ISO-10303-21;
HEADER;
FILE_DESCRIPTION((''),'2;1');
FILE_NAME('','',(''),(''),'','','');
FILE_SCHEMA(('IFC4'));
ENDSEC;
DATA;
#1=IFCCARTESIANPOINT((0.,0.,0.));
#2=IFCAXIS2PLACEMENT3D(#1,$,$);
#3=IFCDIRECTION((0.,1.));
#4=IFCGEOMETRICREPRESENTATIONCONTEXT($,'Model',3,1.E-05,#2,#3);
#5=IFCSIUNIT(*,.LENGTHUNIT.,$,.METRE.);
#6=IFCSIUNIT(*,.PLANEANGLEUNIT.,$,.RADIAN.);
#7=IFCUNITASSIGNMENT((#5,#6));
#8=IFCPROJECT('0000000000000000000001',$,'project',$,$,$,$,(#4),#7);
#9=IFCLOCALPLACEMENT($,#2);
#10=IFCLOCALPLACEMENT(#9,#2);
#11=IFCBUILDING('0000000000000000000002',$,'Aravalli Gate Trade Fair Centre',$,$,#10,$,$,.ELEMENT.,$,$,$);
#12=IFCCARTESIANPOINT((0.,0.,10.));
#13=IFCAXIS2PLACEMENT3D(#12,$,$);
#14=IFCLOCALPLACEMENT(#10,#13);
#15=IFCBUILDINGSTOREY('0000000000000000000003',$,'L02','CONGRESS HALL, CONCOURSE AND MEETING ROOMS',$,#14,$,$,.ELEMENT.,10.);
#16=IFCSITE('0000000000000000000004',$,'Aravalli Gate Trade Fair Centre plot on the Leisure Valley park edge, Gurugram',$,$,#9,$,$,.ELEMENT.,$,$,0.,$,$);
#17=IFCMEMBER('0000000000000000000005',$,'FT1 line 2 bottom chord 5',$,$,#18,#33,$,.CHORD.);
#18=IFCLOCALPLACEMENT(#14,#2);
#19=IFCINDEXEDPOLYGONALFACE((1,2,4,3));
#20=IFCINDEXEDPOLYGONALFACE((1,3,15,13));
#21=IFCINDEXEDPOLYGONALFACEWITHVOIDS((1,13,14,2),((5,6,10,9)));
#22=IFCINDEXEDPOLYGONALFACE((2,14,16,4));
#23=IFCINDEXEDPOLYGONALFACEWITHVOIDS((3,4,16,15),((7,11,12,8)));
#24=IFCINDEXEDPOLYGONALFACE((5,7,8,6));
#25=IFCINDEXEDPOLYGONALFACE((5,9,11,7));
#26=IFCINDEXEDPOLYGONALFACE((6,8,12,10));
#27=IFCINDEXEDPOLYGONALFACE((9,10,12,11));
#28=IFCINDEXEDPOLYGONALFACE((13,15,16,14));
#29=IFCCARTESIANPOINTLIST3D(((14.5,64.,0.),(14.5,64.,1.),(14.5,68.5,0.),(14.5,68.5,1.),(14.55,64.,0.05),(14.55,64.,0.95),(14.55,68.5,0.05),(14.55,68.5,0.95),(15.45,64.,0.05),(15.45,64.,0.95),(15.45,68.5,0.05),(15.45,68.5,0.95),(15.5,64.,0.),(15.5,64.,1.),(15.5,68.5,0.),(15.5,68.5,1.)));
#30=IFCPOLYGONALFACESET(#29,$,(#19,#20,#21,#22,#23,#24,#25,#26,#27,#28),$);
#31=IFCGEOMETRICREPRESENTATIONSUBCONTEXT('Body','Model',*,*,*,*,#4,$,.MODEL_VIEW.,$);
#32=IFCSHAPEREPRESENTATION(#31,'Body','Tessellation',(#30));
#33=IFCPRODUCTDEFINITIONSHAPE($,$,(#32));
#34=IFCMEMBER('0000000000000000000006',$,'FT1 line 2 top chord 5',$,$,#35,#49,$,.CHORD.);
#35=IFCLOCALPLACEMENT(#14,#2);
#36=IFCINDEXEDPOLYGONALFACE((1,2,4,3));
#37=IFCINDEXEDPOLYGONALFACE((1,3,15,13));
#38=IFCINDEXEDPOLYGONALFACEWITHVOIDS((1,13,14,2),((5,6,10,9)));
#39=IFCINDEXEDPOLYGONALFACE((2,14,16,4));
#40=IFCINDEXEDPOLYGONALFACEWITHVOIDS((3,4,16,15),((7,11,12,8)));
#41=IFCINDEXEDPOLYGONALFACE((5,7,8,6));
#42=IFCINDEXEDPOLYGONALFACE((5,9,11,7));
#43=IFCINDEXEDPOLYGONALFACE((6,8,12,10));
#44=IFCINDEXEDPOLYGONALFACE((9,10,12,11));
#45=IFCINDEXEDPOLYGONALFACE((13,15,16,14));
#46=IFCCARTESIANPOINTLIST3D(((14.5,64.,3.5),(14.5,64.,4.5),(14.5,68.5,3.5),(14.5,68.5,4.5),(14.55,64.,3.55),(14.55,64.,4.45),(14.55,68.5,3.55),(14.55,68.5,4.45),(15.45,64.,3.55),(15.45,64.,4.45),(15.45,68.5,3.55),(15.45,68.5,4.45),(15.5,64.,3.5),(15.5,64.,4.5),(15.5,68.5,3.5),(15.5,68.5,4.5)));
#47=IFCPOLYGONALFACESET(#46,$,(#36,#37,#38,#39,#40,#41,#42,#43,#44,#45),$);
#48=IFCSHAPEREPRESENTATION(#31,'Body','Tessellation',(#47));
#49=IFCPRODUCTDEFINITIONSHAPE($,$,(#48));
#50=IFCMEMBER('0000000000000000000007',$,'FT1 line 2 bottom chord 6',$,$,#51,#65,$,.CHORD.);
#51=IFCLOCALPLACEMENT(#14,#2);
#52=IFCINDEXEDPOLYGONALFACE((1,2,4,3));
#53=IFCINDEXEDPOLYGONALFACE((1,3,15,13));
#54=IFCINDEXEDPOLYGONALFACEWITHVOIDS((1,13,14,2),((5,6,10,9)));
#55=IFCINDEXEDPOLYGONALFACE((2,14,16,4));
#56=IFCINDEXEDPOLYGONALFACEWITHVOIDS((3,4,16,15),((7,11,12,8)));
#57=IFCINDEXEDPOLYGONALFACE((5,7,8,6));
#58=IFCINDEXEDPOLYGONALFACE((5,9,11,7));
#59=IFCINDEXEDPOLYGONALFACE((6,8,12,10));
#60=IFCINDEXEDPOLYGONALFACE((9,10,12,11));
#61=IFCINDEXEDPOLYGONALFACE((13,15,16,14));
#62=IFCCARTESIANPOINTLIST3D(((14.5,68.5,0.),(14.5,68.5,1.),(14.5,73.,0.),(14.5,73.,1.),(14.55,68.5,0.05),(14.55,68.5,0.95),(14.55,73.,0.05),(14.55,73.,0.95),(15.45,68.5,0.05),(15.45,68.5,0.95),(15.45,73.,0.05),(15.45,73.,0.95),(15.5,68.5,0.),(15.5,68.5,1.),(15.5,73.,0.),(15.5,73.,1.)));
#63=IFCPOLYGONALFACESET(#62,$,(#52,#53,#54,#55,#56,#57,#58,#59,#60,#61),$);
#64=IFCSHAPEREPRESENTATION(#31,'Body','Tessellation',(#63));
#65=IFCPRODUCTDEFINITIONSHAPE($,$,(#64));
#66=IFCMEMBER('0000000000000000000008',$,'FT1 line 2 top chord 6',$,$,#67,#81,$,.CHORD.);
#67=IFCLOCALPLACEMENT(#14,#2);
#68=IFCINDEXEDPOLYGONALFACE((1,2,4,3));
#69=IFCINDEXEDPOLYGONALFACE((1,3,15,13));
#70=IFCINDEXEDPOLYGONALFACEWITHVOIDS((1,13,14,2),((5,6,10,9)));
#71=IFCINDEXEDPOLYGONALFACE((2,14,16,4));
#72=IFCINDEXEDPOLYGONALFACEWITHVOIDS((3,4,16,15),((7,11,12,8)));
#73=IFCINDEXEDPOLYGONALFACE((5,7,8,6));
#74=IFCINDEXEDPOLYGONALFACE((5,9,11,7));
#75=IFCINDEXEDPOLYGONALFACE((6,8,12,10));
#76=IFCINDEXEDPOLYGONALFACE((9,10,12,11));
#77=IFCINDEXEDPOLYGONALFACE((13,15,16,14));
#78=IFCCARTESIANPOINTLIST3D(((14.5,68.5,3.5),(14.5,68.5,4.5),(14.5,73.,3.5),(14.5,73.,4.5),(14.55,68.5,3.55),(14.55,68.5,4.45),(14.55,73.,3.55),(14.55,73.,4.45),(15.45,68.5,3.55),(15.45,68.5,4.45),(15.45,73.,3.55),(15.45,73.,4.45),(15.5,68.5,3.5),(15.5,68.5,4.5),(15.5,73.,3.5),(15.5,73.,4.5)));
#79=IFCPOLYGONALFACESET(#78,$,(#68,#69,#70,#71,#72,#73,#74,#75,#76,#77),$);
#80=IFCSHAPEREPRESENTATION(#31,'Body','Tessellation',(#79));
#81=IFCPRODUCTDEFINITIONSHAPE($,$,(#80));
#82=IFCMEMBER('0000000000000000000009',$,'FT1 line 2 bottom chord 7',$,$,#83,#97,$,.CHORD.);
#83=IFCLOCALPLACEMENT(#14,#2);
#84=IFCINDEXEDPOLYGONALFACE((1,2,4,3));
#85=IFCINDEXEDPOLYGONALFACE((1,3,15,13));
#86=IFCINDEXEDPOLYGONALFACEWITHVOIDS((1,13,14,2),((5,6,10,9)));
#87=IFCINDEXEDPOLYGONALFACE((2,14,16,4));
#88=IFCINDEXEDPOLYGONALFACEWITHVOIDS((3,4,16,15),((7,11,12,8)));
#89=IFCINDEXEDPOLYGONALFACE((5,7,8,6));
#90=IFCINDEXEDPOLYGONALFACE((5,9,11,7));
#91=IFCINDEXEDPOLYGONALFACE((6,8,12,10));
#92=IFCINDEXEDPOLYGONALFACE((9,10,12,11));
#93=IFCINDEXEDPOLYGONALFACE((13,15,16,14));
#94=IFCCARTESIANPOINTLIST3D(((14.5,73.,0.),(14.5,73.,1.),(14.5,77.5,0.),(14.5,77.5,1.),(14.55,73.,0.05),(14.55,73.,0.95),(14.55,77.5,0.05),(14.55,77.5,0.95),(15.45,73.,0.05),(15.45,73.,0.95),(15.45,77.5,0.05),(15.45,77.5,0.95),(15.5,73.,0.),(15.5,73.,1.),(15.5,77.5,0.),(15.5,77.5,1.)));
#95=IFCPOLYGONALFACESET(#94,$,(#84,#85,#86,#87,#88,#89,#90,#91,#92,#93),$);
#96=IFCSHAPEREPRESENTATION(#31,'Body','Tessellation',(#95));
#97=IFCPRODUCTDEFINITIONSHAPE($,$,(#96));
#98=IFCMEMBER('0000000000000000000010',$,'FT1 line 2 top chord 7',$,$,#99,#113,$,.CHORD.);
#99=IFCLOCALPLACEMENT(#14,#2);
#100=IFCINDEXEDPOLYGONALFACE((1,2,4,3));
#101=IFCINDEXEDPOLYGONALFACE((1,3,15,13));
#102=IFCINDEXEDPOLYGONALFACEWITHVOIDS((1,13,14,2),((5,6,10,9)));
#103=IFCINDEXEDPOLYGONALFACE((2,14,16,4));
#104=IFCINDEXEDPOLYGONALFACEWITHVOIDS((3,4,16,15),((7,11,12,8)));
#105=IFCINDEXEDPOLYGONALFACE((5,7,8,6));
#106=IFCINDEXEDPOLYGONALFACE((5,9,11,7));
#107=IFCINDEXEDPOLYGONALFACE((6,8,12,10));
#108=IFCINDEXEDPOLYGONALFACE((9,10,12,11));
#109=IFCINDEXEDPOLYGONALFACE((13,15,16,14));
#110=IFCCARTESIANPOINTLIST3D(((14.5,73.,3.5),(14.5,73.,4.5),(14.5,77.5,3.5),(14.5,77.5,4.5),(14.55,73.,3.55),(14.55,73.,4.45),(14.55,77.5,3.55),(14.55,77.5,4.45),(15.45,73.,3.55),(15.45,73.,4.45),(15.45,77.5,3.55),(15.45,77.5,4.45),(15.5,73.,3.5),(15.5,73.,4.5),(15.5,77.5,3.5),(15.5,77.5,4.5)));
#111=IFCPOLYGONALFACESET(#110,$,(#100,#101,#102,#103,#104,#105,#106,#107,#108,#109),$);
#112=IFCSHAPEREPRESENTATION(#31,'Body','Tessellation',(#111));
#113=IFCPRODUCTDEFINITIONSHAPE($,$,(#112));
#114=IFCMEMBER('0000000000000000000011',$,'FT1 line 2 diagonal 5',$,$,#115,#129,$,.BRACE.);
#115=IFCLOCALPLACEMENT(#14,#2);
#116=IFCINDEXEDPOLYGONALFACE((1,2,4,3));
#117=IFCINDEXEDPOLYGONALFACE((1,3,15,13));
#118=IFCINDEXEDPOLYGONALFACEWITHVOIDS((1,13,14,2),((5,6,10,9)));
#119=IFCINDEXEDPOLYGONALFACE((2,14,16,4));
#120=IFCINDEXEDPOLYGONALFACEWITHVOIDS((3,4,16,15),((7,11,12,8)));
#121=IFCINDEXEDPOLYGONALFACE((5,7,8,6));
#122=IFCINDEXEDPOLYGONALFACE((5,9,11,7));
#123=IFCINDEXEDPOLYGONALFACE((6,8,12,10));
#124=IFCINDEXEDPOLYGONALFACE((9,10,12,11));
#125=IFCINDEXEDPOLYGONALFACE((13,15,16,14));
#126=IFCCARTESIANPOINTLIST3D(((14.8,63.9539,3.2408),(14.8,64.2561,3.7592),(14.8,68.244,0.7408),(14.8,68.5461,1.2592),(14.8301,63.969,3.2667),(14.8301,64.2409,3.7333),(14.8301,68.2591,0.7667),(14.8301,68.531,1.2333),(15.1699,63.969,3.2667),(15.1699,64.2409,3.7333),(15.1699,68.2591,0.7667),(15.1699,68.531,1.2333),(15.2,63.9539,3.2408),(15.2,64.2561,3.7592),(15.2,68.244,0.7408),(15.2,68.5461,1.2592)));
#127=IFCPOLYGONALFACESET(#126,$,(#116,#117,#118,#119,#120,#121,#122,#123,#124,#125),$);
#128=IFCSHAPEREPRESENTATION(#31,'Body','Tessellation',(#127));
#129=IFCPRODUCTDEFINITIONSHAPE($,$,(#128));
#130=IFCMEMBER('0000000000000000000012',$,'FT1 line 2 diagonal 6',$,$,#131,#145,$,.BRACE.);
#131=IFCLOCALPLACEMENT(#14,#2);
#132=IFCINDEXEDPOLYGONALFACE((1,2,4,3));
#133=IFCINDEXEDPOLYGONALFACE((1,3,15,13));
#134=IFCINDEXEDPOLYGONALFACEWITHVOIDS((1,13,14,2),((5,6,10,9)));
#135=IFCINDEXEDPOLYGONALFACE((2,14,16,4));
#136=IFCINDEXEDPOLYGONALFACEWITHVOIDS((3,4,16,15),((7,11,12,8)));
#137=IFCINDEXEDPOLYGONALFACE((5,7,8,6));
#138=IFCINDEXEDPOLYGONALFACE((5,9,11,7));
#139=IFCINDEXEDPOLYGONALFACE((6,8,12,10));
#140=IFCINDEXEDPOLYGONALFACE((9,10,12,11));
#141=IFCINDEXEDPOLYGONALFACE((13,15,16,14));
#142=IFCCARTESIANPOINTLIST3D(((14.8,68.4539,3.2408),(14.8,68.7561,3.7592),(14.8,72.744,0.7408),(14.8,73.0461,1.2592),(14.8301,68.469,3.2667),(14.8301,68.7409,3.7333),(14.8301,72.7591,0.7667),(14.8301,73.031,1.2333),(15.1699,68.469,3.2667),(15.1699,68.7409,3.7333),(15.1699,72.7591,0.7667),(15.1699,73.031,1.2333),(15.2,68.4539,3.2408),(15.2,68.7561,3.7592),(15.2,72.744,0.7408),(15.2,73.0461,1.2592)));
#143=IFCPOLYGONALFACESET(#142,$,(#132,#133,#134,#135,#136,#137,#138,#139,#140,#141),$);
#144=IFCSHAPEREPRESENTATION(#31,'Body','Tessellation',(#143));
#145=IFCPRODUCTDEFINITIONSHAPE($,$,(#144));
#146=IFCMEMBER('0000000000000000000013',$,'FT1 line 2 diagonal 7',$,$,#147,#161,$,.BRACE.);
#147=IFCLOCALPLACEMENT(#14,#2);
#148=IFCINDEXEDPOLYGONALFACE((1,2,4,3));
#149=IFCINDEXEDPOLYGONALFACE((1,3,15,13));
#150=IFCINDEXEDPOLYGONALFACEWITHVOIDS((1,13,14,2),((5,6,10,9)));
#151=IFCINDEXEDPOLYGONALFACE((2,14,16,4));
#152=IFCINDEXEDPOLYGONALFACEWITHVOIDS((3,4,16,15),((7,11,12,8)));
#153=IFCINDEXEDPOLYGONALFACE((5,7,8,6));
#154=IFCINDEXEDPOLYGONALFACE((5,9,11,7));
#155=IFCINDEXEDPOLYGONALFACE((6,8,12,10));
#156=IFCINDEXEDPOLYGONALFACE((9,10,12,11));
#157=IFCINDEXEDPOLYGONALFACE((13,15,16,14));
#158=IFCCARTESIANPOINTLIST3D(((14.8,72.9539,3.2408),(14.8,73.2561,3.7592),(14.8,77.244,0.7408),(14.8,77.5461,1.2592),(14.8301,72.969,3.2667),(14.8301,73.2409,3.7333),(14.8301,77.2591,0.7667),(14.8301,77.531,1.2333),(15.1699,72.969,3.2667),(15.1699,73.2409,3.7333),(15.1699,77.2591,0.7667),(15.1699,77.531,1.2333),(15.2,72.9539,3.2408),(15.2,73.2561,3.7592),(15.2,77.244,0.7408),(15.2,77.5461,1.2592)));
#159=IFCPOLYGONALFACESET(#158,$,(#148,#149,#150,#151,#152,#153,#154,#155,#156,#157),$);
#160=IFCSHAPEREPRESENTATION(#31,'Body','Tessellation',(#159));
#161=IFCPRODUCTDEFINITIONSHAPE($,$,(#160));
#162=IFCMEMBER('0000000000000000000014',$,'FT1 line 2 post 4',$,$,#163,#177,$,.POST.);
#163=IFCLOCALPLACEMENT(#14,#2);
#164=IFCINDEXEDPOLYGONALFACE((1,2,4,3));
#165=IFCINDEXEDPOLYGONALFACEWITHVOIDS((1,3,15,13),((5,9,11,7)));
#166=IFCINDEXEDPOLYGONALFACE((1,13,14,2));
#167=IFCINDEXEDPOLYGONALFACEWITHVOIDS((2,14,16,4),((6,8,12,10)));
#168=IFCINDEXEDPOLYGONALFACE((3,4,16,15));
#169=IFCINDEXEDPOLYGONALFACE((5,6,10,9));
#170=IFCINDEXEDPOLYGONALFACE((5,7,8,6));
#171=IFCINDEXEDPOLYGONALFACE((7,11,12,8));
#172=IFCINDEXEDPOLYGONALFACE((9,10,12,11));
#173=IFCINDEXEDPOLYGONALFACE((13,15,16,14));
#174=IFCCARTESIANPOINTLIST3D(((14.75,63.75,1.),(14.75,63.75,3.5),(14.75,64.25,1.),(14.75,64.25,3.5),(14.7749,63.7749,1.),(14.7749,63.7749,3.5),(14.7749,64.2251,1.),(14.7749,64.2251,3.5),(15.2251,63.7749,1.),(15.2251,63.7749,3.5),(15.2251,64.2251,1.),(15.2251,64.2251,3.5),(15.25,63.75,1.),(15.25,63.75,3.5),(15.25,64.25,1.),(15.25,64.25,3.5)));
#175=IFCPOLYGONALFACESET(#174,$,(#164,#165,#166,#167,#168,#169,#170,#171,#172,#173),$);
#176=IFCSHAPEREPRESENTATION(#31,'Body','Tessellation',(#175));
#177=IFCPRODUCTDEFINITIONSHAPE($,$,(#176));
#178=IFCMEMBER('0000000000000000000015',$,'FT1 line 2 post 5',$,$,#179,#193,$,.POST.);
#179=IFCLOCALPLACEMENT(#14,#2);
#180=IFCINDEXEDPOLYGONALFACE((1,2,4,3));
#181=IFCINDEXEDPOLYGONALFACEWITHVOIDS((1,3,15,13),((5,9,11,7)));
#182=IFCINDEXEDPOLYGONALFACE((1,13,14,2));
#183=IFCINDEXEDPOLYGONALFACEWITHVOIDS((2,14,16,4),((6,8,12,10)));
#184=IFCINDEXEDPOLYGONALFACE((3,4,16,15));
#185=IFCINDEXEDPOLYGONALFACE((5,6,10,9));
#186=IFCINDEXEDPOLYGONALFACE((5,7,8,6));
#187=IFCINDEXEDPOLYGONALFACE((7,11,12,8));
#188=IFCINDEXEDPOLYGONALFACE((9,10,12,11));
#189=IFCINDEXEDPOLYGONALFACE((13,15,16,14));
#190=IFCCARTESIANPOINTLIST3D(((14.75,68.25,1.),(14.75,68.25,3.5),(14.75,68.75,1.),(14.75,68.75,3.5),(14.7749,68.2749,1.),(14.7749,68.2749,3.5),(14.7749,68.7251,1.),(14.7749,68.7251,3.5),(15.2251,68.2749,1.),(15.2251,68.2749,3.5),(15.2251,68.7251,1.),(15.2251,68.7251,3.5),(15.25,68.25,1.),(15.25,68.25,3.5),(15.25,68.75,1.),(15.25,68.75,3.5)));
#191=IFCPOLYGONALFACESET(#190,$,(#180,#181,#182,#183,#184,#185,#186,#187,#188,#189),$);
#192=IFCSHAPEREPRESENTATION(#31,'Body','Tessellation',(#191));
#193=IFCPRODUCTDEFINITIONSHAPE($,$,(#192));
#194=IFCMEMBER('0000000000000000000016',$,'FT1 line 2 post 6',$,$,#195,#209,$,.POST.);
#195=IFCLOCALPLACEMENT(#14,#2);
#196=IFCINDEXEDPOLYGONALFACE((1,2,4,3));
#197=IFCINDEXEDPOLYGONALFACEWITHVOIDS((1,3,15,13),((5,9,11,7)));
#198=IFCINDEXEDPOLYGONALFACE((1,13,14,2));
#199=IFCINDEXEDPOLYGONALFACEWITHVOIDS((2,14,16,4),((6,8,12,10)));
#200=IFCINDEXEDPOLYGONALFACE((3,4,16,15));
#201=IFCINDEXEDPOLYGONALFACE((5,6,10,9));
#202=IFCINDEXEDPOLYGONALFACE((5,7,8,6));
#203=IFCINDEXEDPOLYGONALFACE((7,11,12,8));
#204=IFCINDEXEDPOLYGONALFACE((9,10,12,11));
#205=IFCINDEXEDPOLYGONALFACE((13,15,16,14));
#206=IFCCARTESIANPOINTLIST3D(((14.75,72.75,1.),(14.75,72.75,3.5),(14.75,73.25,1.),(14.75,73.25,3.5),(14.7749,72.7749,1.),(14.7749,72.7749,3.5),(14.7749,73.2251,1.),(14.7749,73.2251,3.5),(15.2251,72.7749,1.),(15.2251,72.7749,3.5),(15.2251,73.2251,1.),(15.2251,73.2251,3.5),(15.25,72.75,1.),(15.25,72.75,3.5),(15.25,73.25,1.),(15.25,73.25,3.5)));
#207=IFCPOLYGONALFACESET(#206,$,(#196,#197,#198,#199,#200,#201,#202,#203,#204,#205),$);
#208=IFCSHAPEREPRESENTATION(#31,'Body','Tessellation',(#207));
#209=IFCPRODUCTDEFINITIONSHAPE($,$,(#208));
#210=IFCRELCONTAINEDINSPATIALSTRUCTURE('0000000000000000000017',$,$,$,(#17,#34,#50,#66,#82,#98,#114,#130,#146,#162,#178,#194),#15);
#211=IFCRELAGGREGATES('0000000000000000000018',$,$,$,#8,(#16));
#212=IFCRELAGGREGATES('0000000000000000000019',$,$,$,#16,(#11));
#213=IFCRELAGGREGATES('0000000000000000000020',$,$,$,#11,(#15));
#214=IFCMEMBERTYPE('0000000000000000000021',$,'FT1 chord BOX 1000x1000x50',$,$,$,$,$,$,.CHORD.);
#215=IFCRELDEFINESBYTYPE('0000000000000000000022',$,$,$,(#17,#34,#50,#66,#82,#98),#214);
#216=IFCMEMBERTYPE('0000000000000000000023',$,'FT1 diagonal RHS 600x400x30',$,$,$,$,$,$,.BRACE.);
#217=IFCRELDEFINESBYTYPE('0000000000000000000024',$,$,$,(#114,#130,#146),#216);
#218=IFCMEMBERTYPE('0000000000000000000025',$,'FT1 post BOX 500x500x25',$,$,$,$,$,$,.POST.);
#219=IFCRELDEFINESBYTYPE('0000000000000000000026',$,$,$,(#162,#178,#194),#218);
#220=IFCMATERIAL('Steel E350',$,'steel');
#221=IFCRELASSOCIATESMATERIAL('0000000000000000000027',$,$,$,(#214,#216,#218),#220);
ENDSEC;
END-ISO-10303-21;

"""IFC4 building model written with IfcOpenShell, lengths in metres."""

from ifc_helpers import new_model, si_unit, direction, frame, origin, origin_2d, place, context, subcontext, project, spatial, hollow_rectangle, extrude, material, material_profile, profile_set, type_object, element, save


model = new_model("IFC4")

# Units and contexts
model_context = context("Model", 3, precision=1e-05, world=origin(), true_north=direction((0.0, 1.0)))
body_context = subcontext(model_context, "Body", "Model", "MODEL_VIEW")
ifc_project = project(units=[si_unit("LENGTHUNIT", "METRE"), si_unit("PLANEANGLEUNIT", "RADIAN")], contexts=[model_context])

# Site, building, storey
site_placement = place(None, origin())
site = spatial("IfcSite", under=ifc_project, at=site_placement, Name="Aravalli Gate Trade Fair Centre plot on the Leisure Valley park edge, Gurugram", CompositionType="ELEMENT", RefElevation=0.0)
building_placement = place(site_placement, origin())
building = spatial("IfcBuilding", under=site, at=building_placement, Name="Aravalli Gate Trade Fair Centre", CompositionType="ELEMENT")
storey_placement = place(building_placement, frame((0.0, 0.0, 10.0)))
storey = spatial("IfcBuildingStorey", under=building, at=storey_placement, Name="L02", Description="CONGRESS HALL, CONCOURSE AND MEETING ROOMS", CompositionType="ELEMENT", Elevation=10.0)

# Members
ifc_material_1 = material(Name="Steel E350", Category="steel")
ifc_material_profile_1 = material_profile(ifc_material_1, hollow_rectangle(XDim=1.0, YDim=1.0, WallThickness=0.05, at=origin_2d()), Name="BOX 1000x1000x50")
ifc_profile_set_1 = profile_set([ifc_material_profile_1], Name="Steel E350")
member_type_1 = type_object("IfcMemberType", Name="FT1 chord BOX 1000x1000x50", PredefinedType="CHORD", material=ifc_profile_set_1)
for number, where, z_axis, x_axis, name in (
    (1, (15.0, 64.0, 0.5), (0.0, 1.0, 0.0), (-1.0, 0.0, 0.0), "FT1 line 2 bottom chord 5"),
    (2, (15.0, 64.0, 4.0), (0.0, 1.0, 0.0), (-1.0, 0.0, 0.0), "FT1 line 2 top chord 5"),
    (3, (15.0, 68.5, 0.5), (0.0, 1.0, 0.0), (-1.0, 0.0, 0.0), "FT1 line 2 bottom chord 6"),
    (4, (15.0, 68.5, 4.0), (0.0, 1.0, 0.0), (-1.0, 0.0, 0.0), "FT1 line 2 top chord 6"),
    (5, (15.0, 73.0, 0.5), (0.0, 1.0, 0.0), (-1.0, 0.0, 0.0), "FT1 line 2 bottom chord 7"),
    (6, (15.0, 73.0, 4.0), (0.0, 1.0, 0.0), (-1.0, 0.0, 0.0), "FT1 line 2 top chord 7"),
):
    element("IfcMember", number, at=place(storey_placement, frame(where, z_axis=z_axis, x_axis=x_axis)), inside=storey, type_object=member_type_1, Name=name, PredefinedType="CHORD", context=body_context, shape_type="SweptSolid", body=[
        extrude(hollow_rectangle(XDim=1.0, YDim=1.0, WallThickness=0.05, at=origin_2d()), origin(), (0.0, 0.0, 1.0), 4.5),
    ])
ifc_material_profile_2 = material_profile(ifc_material_1, hollow_rectangle(XDim=0.3999, YDim=0.6001, WallThickness=0.03, at=origin_2d()), Name="RHS 600x400x30")
ifc_profile_set_2 = profile_set([ifc_material_profile_2], Name="Steel E350")
member_type_2 = type_object("IfcMemberType", Name="FT1 diagonal RHS 600x400x30", PredefinedType="BRACE", material=ifc_profile_set_2)
for number, where, z_axis, x_axis, name in (
    (7, (15.0, 64.105, 3.5), (0.0, 0.864, -0.503492), (-1.0, 0.0, 0.0), "FT1 line 2 diagonal 5"),
    (8, (15.0, 68.605, 3.5), (0.0, 0.864, -0.503492), (-1.0, 0.0, 0.0), "FT1 line 2 diagonal 6"),
    (9, (15.0, 73.105, 3.5), (0.0, 0.864, -0.503492), (-1.0, 0.0, 0.0), "FT1 line 2 diagonal 7"),
):
    element("IfcMember", number, at=place(storey_placement, frame(where, z_axis=z_axis, x_axis=x_axis)), inside=storey, type_object=member_type_2, Name=name, PredefinedType="BRACE", context=body_context, shape_type="SweptSolid", body=[
        extrude(hollow_rectangle(XDim=0.3999, YDim=0.6001, WallThickness=0.03, at=origin_2d()), origin(), (0.0, 0.0, 1.0), 4.9653),
    ])
ifc_material_profile_3 = material_profile(ifc_material_1, hollow_rectangle(XDim=0.5, YDim=0.5, WallThickness=0.0249, at=origin_2d()), Name="BOX 500x500x25")
ifc_profile_set_3 = profile_set([ifc_material_profile_3], Name="Steel E350")
member_type_3 = type_object("IfcMemberType", Name="FT1 post BOX 500x500x25", PredefinedType="POST", material=ifc_profile_set_3)
for number, where, z_axis, x_axis, name in (
    (10, (15.0, 64.0, 1.0), (0.0, 0.0, 1.0), (1.0, 0.0, 0.0), "FT1 line 2 post 4"),
    (11, (15.0, 68.5, 1.0), (0.0, 0.0, 1.0), (1.0, 0.0, 0.0), "FT1 line 2 post 5"),
    (12, (15.0, 73.0, 1.0), (0.0, 0.0, 1.0), (1.0, 0.0, 0.0), "FT1 line 2 post 6"),
):
    element("IfcMember", number, at=place(storey_placement, frame(where, z_axis=z_axis, x_axis=x_axis)), inside=storey, type_object=member_type_3, Name=name, PredefinedType="POST", context=body_context, shape_type="SweptSolid", body=[
        extrude(hollow_rectangle(XDim=0.5, YDim=0.5, WallThickness=0.0249, at=origin_2d()), origin(), (0.0, 0.0, 1.0), 2.5),
    ])

save(model, "model.ifc")
